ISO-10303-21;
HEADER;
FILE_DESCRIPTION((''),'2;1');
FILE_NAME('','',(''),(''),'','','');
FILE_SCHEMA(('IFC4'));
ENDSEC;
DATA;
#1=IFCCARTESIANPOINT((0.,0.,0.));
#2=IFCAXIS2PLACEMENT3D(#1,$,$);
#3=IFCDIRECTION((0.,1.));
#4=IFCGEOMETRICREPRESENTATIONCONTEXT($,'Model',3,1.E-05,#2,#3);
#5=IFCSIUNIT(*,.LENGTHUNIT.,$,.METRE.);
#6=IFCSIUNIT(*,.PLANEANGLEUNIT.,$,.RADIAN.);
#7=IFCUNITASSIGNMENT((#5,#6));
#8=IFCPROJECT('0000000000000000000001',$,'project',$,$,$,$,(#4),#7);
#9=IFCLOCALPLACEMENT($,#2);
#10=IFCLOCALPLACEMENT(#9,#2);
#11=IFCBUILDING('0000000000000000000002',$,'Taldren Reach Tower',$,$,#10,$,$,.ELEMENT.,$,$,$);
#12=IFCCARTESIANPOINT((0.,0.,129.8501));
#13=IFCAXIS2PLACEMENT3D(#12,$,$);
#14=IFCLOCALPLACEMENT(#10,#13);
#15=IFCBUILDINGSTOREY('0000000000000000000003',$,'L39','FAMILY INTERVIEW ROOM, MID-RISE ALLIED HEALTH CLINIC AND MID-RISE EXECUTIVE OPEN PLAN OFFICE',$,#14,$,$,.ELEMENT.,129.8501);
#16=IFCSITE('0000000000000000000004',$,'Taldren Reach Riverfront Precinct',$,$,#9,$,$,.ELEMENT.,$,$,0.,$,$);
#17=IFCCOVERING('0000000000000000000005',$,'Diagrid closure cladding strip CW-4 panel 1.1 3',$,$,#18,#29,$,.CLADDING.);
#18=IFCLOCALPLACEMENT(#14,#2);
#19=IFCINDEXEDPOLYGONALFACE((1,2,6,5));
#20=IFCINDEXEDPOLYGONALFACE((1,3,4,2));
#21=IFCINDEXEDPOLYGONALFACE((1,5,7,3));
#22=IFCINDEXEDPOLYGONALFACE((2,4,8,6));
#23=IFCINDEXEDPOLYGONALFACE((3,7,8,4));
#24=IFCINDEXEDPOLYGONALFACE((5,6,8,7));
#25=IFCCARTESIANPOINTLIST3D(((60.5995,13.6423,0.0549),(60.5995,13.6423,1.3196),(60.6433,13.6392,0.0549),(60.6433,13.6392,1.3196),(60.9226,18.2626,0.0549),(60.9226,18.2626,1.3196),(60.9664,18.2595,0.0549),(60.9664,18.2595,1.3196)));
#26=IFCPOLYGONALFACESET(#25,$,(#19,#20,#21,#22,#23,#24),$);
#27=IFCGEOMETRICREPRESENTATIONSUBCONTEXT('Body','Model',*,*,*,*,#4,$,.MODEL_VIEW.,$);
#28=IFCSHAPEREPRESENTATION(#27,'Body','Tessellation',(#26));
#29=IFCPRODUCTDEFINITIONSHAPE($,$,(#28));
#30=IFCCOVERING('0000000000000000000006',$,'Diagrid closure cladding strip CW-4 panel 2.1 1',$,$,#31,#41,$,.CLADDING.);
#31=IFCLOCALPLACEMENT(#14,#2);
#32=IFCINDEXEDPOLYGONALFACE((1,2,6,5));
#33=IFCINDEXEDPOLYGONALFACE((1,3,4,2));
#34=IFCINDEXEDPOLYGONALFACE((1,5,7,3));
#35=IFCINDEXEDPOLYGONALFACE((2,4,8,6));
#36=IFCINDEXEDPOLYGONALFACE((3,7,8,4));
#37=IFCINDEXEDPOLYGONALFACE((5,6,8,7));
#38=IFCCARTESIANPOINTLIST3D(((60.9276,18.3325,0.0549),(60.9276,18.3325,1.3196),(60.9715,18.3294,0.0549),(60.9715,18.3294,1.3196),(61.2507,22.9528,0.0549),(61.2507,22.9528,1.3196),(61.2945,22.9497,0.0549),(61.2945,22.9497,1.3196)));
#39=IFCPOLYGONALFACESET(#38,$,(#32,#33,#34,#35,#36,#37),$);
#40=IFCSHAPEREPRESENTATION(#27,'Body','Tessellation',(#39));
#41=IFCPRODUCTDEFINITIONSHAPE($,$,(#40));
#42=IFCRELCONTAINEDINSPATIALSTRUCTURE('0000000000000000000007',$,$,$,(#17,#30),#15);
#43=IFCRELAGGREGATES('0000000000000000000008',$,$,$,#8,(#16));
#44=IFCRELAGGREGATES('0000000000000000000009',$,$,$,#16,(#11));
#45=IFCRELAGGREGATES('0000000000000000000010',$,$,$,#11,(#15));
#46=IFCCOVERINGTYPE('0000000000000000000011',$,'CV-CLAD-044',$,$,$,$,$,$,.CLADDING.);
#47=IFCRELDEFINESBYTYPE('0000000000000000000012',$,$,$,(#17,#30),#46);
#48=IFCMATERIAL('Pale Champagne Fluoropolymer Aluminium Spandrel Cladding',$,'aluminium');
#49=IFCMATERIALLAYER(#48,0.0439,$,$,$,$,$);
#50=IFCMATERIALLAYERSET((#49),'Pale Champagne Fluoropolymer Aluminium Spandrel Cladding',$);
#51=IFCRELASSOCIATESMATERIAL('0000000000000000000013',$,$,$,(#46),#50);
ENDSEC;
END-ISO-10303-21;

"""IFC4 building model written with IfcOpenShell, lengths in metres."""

from ifc_helpers import new_model, si_unit, direction, frame, origin, origin_2d, place, context, subcontext, project, spatial, rectangle, extrude, source, transform, mapped, material, layer, layer_set, type_object, element, save


model = new_model("IFC4")

# Units and contexts
model_context = context("Model", 3, precision=1e-05, world=origin(), true_north=direction((0.0, 1.0)))
body_context = subcontext(model_context, "Body", "Model", "MODEL_VIEW")
ifc_project = project(units=[si_unit("LENGTHUNIT", "METRE"), si_unit("PLANEANGLEUNIT", "RADIAN")], contexts=[model_context])

# Site, building, storey
site_placement = place(None, origin())
site = spatial("IfcSite", under=ifc_project, at=site_placement, Name="Taldren Reach Riverfront Precinct", CompositionType="ELEMENT", RefElevation=0.0)
building_placement = place(site_placement, origin())
building = spatial("IfcBuilding", under=site, at=building_placement, Name="Taldren Reach Tower", CompositionType="ELEMENT")
storey_placement = place(building_placement, frame((0.0, 0.0, 129.8501)))
storey = spatial("IfcBuildingStorey", under=building, at=storey_placement, Name="L39", Description="FAMILY INTERVIEW ROOM, MID-RISE ALLIED HEALTH CLINIC AND MID-RISE EXECUTIVE OPEN PLAN OFFICE", CompositionType="ELEMENT", Elevation=129.8501)

# Coverings
ifc_material_1 = material(Name="Pale Champagne Fluoropolymer Aluminium Spandrel Cladding", Category="aluminium")
ifc_layer_1 = layer(ifc_material_1, 0.0439)
ifc_layer_set_1 = layer_set([ifc_layer_1], Name="Pale Champagne Fluoropolymer Aluminium Spandrel Cladding")
covering_type = type_object("IfcCoveringType", Name="CV-CLAD-044", PredefinedType="CLADDING", material=ifc_layer_set_1)
shared_shape_1 = source(origin(), body_context, "Body", "SweptSolid", [
    extrude(rectangle(XDim=4.6316, YDim=0.0439, at=origin_2d()), origin(), (0.0, 0.0, 1.0), 1.2646),
])
for number, where, z_axis, x_axis, name in (
    (1, (60.783, 15.9509, 0.0549), (0.0, 0.0, 1.0), (0.069756, 0.997564, 0.0), "Diagrid closure cladding strip CW-4 panel 1.1 3"),
    (2, (61.1111, 20.6411, 0.0549), (0.0, 0.0, 1.0), (0.069756, 0.997564, 0.0), "Diagrid closure cladding strip CW-4 panel 2.1 1"),
):
    element("IfcCovering", number, at=place(storey_placement, frame(where, z_axis=z_axis, x_axis=x_axis)), inside=storey, type_object=covering_type, Name=name, PredefinedType="CLADDING", context=body_context, shape_type="MappedRepresentation", body=[
        mapped(shared_shape_1, transform((0.0, 0.0, 0.0), scale=1.0)),
    ])

save(model, "model.ifc")
